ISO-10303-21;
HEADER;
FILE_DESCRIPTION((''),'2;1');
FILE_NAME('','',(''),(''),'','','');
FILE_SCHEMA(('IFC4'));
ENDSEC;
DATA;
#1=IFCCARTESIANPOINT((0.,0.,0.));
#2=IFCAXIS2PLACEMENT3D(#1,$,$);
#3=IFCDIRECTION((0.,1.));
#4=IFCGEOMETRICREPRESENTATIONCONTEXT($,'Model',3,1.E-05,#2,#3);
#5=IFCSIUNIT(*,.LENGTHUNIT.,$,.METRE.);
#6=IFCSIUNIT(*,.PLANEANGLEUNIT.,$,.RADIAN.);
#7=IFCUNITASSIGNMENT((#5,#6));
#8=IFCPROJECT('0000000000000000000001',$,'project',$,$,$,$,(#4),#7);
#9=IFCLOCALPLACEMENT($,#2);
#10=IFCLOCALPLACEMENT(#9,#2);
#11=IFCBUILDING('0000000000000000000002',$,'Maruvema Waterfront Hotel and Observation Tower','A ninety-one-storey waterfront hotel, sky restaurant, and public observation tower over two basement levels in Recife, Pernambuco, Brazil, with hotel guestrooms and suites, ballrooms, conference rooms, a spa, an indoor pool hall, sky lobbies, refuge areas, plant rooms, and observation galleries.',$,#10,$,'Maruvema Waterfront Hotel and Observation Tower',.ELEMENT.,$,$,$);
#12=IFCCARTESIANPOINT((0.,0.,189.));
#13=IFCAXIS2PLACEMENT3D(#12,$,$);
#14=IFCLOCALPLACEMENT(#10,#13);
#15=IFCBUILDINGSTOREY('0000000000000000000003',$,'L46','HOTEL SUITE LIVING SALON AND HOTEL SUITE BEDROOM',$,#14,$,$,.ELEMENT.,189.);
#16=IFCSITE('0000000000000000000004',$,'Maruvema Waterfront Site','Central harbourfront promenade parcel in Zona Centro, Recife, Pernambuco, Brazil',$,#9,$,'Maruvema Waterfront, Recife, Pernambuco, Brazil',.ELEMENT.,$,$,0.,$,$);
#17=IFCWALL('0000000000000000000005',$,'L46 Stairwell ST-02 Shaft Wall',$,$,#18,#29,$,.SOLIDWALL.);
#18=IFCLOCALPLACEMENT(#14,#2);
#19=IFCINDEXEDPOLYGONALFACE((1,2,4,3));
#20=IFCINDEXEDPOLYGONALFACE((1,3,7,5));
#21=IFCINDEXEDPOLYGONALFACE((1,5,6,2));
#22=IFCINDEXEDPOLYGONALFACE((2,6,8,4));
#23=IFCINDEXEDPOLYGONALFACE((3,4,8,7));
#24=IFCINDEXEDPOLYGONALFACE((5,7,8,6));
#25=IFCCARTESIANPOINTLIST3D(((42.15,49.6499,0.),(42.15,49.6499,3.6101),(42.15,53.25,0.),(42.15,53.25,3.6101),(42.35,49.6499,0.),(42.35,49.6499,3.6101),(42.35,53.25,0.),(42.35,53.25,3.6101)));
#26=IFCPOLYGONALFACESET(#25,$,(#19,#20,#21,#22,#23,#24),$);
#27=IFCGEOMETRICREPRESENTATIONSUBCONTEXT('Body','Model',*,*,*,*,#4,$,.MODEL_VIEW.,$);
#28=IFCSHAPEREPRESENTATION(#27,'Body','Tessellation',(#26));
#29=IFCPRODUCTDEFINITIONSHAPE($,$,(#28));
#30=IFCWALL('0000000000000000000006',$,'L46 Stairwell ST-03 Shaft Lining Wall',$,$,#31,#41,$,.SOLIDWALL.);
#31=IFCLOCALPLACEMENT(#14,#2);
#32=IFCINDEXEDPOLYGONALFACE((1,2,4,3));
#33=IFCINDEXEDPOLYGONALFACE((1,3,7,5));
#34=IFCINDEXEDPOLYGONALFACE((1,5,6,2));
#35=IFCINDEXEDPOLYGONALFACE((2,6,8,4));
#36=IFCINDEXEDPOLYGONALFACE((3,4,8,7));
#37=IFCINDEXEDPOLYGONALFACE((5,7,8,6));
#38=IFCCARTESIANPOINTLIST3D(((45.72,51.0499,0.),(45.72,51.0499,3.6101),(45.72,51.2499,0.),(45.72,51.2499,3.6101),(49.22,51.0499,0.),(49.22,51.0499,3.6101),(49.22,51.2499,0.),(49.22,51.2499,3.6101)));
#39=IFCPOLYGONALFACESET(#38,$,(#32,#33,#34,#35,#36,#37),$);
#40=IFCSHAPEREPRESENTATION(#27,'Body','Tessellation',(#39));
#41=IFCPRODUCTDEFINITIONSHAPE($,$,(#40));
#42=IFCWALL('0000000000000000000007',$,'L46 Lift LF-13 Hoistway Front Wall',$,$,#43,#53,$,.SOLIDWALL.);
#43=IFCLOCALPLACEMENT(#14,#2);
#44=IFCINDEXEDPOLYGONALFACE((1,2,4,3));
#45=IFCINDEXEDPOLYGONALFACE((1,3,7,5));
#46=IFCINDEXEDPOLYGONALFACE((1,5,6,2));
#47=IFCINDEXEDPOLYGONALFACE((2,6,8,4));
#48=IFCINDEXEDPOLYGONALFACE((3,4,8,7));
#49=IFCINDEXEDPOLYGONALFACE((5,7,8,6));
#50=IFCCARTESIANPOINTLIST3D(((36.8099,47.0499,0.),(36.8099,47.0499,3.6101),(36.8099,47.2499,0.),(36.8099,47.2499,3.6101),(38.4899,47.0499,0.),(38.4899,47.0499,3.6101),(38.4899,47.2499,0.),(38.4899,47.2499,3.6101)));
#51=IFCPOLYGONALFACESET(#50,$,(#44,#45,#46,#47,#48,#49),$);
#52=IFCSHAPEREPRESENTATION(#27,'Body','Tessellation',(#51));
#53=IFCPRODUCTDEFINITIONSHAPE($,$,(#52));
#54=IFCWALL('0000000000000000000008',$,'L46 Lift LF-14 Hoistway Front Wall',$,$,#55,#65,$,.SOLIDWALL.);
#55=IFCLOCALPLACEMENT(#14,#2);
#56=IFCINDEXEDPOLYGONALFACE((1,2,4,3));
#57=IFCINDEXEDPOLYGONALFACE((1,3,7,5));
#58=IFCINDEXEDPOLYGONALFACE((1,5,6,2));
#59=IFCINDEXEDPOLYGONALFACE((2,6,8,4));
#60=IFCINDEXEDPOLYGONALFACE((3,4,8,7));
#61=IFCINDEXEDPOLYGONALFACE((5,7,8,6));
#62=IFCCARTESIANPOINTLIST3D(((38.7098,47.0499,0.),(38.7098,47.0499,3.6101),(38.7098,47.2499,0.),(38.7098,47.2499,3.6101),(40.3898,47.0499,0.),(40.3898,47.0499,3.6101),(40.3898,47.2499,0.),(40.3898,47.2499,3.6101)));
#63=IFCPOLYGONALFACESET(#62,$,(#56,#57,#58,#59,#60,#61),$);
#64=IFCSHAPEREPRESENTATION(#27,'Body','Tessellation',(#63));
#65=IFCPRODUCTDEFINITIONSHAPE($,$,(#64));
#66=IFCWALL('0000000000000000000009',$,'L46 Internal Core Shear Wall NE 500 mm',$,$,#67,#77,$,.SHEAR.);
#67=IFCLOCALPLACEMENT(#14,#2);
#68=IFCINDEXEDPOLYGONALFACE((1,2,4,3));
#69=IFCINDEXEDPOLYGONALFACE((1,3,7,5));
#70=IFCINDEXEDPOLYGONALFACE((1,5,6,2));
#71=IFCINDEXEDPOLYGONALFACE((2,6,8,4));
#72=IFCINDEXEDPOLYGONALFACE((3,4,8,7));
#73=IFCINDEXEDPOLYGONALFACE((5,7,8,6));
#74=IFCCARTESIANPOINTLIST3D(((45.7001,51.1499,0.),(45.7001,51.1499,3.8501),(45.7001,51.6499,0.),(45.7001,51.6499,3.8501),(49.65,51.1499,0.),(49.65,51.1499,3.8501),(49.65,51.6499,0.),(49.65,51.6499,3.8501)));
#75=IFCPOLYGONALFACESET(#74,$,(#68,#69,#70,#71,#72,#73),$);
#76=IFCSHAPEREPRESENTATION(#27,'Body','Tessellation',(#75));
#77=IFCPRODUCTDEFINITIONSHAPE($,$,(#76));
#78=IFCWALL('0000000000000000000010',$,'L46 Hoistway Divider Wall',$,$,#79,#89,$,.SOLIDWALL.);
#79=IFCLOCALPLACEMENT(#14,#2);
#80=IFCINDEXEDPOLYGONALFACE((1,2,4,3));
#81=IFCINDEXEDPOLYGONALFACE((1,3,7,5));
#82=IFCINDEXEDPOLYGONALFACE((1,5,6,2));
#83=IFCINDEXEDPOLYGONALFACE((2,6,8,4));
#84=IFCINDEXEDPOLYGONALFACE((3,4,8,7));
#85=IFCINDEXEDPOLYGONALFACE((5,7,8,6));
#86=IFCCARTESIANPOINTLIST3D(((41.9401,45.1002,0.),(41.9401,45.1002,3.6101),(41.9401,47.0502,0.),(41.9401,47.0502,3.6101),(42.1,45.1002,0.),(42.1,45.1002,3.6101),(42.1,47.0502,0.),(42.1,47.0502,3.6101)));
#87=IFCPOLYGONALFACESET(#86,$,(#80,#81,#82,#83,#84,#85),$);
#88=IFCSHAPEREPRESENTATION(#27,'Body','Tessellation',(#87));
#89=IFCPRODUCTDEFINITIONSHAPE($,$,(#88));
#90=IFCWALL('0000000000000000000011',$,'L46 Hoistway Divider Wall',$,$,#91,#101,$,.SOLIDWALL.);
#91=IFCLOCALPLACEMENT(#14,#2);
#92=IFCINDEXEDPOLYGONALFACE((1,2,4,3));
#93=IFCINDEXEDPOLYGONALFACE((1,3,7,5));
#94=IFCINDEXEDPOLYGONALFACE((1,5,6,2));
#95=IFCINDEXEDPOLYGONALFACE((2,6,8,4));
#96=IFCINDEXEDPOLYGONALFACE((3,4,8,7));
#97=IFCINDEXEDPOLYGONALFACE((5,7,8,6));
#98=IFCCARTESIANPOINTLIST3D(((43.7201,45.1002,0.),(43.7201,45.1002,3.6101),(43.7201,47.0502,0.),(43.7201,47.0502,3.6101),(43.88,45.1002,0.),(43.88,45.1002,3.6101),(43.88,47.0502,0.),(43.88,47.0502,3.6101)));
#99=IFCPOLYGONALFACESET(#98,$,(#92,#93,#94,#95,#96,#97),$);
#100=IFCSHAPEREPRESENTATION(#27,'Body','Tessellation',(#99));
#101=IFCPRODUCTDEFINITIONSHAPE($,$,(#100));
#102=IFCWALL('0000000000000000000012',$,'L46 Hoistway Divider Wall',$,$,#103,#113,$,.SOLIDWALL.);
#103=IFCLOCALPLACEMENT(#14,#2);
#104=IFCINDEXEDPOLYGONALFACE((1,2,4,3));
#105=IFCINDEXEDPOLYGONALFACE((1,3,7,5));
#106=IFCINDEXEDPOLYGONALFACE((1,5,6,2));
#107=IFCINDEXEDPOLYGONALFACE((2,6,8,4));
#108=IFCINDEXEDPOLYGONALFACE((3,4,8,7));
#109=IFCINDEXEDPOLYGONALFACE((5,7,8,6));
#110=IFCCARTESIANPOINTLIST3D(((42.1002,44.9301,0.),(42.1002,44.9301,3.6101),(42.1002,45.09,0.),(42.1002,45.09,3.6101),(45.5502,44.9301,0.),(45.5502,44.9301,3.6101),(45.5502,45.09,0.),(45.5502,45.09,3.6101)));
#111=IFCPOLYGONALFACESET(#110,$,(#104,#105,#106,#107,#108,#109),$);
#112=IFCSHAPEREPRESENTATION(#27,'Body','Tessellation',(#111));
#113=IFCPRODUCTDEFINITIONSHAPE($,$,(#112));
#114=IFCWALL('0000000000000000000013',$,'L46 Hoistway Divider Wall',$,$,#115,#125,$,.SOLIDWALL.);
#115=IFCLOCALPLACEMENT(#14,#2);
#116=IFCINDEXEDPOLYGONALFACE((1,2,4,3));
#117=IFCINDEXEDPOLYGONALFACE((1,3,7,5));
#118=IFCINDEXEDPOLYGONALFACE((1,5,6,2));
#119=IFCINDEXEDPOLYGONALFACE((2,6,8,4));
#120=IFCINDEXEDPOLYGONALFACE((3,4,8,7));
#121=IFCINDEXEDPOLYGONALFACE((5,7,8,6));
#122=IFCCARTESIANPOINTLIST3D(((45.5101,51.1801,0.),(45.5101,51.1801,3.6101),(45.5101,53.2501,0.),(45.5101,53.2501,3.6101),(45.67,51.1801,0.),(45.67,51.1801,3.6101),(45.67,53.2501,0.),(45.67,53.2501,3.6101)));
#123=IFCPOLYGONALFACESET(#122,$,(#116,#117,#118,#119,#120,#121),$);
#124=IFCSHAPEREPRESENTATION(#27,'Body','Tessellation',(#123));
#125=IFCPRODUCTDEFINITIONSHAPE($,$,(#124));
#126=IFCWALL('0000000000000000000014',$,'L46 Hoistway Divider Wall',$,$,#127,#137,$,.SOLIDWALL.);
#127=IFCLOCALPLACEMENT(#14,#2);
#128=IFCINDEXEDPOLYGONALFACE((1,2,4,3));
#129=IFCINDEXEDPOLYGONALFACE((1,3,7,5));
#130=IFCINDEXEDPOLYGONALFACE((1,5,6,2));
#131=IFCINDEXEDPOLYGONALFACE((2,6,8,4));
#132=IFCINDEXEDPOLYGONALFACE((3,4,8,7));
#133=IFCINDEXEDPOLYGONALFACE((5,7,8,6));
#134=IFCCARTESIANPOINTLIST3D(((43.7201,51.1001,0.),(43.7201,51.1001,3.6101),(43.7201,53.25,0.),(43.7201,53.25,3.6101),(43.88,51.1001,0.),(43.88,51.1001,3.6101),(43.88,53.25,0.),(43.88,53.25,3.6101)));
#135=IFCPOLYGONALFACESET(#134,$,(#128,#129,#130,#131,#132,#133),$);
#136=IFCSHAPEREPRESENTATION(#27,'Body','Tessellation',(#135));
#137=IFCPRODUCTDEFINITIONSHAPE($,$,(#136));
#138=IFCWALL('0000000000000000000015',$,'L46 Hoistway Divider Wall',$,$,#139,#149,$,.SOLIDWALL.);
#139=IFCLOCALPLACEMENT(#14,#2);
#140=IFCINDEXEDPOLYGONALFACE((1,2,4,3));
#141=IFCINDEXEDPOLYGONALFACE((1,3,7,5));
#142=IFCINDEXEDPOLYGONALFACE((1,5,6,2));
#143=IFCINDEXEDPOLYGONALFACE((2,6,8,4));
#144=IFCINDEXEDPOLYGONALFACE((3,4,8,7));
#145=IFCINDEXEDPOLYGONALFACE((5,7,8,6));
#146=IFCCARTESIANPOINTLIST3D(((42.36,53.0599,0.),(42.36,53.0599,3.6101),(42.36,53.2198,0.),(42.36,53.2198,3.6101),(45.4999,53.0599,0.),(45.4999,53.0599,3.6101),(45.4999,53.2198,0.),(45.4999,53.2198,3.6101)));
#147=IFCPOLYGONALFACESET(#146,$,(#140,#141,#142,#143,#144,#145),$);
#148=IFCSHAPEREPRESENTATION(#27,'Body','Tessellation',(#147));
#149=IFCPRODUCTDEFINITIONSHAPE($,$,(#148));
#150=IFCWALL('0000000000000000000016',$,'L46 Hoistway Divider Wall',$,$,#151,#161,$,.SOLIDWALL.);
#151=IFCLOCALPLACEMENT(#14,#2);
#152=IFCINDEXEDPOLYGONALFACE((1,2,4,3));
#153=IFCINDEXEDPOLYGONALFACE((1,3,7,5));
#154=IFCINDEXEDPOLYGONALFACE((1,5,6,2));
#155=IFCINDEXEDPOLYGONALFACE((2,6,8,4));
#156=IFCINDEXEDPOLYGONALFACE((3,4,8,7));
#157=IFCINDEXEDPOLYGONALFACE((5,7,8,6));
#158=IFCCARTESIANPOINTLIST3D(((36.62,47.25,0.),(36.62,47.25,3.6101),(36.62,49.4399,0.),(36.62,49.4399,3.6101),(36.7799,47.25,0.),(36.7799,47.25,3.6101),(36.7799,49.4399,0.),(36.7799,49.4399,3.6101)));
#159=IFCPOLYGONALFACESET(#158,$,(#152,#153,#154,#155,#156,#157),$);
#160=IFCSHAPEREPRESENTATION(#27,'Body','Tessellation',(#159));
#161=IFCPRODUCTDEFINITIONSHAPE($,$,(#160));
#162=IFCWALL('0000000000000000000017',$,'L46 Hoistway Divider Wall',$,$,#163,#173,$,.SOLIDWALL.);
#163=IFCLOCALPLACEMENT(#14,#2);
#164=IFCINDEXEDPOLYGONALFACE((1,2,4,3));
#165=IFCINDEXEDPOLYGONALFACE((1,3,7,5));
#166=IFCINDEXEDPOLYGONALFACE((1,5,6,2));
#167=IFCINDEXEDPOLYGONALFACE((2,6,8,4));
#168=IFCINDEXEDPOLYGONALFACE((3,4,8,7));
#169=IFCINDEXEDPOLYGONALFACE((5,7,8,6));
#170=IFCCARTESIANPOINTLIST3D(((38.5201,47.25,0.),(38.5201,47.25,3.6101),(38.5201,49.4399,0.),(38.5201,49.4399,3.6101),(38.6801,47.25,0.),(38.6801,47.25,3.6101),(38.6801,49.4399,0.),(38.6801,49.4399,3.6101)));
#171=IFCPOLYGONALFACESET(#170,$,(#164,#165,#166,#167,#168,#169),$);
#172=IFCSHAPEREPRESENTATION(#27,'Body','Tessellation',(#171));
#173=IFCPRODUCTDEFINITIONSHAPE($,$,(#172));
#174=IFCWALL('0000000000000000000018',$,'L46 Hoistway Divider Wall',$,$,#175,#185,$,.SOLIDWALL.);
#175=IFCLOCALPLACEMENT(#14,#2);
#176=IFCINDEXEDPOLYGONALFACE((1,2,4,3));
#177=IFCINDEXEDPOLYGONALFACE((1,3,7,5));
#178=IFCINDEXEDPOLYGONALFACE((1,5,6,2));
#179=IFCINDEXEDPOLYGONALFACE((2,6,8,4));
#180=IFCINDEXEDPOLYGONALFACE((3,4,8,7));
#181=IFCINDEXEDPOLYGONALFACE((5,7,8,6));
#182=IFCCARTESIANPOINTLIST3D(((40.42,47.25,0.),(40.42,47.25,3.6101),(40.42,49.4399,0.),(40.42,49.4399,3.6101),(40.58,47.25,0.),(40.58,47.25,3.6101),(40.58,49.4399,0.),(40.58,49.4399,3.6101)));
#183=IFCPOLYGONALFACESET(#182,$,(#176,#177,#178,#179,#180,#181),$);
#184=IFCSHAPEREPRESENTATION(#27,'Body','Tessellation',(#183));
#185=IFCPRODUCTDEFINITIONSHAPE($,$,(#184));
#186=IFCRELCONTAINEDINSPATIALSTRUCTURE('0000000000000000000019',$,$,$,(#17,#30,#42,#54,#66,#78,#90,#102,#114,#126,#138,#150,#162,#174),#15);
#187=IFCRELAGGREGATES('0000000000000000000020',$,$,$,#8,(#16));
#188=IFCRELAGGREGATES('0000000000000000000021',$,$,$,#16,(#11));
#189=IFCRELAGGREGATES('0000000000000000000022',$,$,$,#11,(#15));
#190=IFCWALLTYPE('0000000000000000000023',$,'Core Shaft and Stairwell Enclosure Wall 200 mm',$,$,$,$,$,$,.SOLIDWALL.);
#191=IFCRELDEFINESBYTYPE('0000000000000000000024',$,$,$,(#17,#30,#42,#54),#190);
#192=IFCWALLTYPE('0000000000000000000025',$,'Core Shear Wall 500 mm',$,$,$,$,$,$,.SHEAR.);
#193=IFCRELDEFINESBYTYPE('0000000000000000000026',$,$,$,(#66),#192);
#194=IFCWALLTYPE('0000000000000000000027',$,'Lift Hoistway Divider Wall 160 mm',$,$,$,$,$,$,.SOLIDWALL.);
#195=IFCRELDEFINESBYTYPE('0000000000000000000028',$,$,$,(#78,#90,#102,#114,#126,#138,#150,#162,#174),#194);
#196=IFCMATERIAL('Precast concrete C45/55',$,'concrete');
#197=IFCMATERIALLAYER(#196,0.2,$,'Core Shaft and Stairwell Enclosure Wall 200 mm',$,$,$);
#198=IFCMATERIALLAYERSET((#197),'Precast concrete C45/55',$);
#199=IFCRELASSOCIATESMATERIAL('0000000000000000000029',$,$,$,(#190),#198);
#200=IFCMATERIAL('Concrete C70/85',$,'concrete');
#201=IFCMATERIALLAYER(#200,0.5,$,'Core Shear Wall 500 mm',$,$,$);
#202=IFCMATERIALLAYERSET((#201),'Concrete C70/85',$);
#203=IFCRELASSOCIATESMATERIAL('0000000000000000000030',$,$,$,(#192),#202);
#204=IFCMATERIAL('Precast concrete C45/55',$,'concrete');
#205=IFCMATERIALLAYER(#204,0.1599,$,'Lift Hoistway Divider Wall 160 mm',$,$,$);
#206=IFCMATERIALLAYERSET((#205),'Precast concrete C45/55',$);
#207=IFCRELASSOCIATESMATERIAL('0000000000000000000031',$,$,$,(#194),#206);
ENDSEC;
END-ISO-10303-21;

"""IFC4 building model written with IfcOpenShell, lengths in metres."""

from ifc_helpers import new_model, si_unit, direction, frame, frame_2d, origin, place, context, subcontext, project, spatial, rectangle, extrude, material, layer, layer_set, type_object, element, save


model = new_model("IFC4")

# Units and contexts
model_context = context("Model", 3, precision=1e-05, world=origin(), true_north=direction((0.0, 1.0)))
body_context = subcontext(model_context, "Body", "Model", "MODEL_VIEW")
ifc_project = project(units=[si_unit("LENGTHUNIT", "METRE"), si_unit("PLANEANGLEUNIT", "RADIAN")], contexts=[model_context])

# Site, building, storey
site_placement = place(None, origin())
site = spatial("IfcSite", under=ifc_project, at=site_placement, Name="Maruvema Waterfront Site", Description="Central harbourfront promenade parcel in Zona Centro, Recife, Pernambuco, Brazil", LongName="Maruvema Waterfront, Recife, Pernambuco, Brazil", CompositionType="ELEMENT", RefElevation=0.0)
building_placement = place(site_placement, origin())
building = spatial("IfcBuilding", under=site, at=building_placement, Name="Maruvema Waterfront Hotel and Observation Tower", Description="A ninety-one-storey waterfront hotel, sky restaurant, and public observation tower over two basement levels in Recife, Pernambuco, Brazil, with hotel guestrooms and suites, ballrooms, conference rooms, a spa, an indoor pool hall, sky lobbies, refuge areas, plant rooms, and observation galleries.", LongName="Maruvema Waterfront Hotel and Observation Tower", CompositionType="ELEMENT")
storey_placement = place(building_placement, frame((0.0, 0.0, 189.0)))
storey = spatial("IfcBuildingStorey", under=building, at=storey_placement, Name="L46", Description="HOTEL SUITE LIVING SALON AND HOTEL SUITE BEDROOM", CompositionType="ELEMENT", Elevation=189.0)

# Walls
ifc_material_1 = material(Name="Precast concrete C45/55", Category="concrete")
ifc_layer_1 = layer(ifc_material_1, 0.2, Name="Core Shaft and Stairwell Enclosure Wall 200 mm")
ifc_layer_set_1 = layer_set([ifc_layer_1], Name="Precast concrete C45/55")
wall_type_1 = type_object("IfcWallType", Name="Core Shaft and Stairwell Enclosure Wall 200 mm", PredefinedType="SOLIDWALL", material=ifc_layer_set_1)
wall_1_placement = place(storey_placement, frame((42.25, 49.6499, 0.0), z_axis=(0.0, 0.0, 1.0), x_axis=(0.0, 1.0, 0.0)))
element("IfcWall", 1, at=wall_1_placement, inside=storey, type_object=wall_type_1, Name="L46 Stairwell ST-02 Shaft Wall", PredefinedType="SOLIDWALL", context=body_context, shape_type="SweptSolid", body=[
    extrude(rectangle(XDim=3.6001, YDim=0.2, at=frame_2d((1.8, 0.0))), origin(), (0.0, 0.0, 1.0), 3.6101),
])
wall_2_placement = place(storey_placement, frame((45.72, 51.1499, 0.0), z_axis=(0.0, 0.0, 1.0), x_axis=(1.0, 0.0, 0.0)))
element("IfcWall", 2, at=wall_2_placement, inside=storey, type_object=wall_type_1, Name="L46 Stairwell ST-03 Shaft Lining Wall", PredefinedType="SOLIDWALL", context=body_context, shape_type="SweptSolid", body=[
    extrude(rectangle(XDim=3.5, YDim=0.2, at=frame_2d((1.75, 0.0))), origin(), (0.0, 0.0, 1.0), 3.6101),
])

# Walls
for number, where, z_axis, x_axis, name in (
    (3, (36.8101, 47.1499, 0.0), (0.0, 0.0, 1.0), (1.0, 0.0, 0.0), "L46 Lift LF-13 Hoistway Front Wall"),
    (4, (38.71, 47.1499, 0.0), (0.0, 0.0, 1.0), (1.0, 0.0, 0.0), "L46 Lift LF-14 Hoistway Front Wall"),
):
    element("IfcWall", number, at=place(storey_placement, frame(where, z_axis=z_axis, x_axis=x_axis)), inside=storey, type_object=wall_type_1, Name=name, PredefinedType="SOLIDWALL", context=body_context, shape_type="SweptSolid", body=[
        extrude(rectangle(XDim=1.6799, YDim=0.2, at=frame_2d((0.8398, 0.0))), origin(), (0.0, 0.0, 1.0), 3.6101),
    ])
ifc_material_2 = material(Name="Concrete C70/85", Category="concrete")
ifc_layer_2 = layer(ifc_material_2, 0.5, Name="Core Shear Wall 500 mm")
ifc_layer_set_2 = layer_set([ifc_layer_2], Name="Concrete C70/85")
wall_type_2 = type_object("IfcWallType", Name="Core Shear Wall 500 mm", PredefinedType="SHEAR", material=ifc_layer_set_2)
wall_3_placement = place(storey_placement, frame((45.7, 51.3999, 0.0), z_axis=(0.0, 0.0, 1.0), x_axis=(1.0, 0.0, 0.0)))
element("IfcWall", 5, at=wall_3_placement, inside=storey, type_object=wall_type_2, Name="L46 Internal Core Shear Wall NE 500 mm", PredefinedType="SHEAR", context=body_context, shape_type="SweptSolid", body=[
    extrude(rectangle(XDim=3.95, YDim=0.5, at=frame_2d((1.9751, 0.0))), origin(), (0.0, 0.0, 1.0), 3.8501),
])
ifc_material_3 = material(Name="Precast concrete C45/55", Category="concrete")
ifc_layer_3 = layer(ifc_material_3, 0.1599, Name="Lift Hoistway Divider Wall 160 mm")
ifc_layer_set_3 = layer_set([ifc_layer_3], Name="Precast concrete C45/55")
wall_type_3 = type_object("IfcWallType", Name="Lift Hoistway Divider Wall 160 mm", PredefinedType="SOLIDWALL", material=ifc_layer_set_3)
for number, where, z_axis, x_axis, name in (
    (6, (42.02, 45.1001, 0.0), (0.0, 0.0, 1.0), (0.0, 1.0, 0.0), "L46 Hoistway Divider Wall"),
    (7, (43.8, 45.1001, 0.0), (0.0, 0.0, 1.0), (0.0, 1.0, 0.0), "L46 Hoistway Divider Wall"),
):
    element("IfcWall", number, at=place(storey_placement, frame(where, z_axis=z_axis, x_axis=x_axis)), inside=storey, type_object=wall_type_3, Name=name, PredefinedType="SOLIDWALL", context=body_context, shape_type="SweptSolid", body=[
        extrude(rectangle(XDim=1.95, YDim=0.1599, at=frame_2d((0.9751, 0.0))), origin(), (0.0, 0.0, 1.0), 3.6101),
    ])
wall_4_placement = place(storey_placement, frame((42.1001, 45.01, 0.0), z_axis=(0.0, 0.0, 1.0), x_axis=(1.0, 0.0, 0.0)))
element("IfcWall", 8, at=wall_4_placement, inside=storey, type_object=wall_type_3, Name="L46 Hoistway Divider Wall", PredefinedType="SOLIDWALL", context=body_context, shape_type="SweptSolid", body=[
    extrude(rectangle(XDim=3.45, YDim=0.1599, at=frame_2d((1.7251, 0.0))), origin(), (0.0, 0.0, 1.0), 3.6101),
])
wall_5_placement = place(storey_placement, frame((45.5901, 51.1799, 0.0), z_axis=(0.0, 0.0, 1.0), x_axis=(0.0, 1.0, 0.0)))
element("IfcWall", 9, at=wall_5_placement, inside=storey, type_object=wall_type_3, Name="L46 Hoistway Divider Wall", PredefinedType="SOLIDWALL", context=body_context, shape_type="SweptSolid", body=[
    extrude(rectangle(XDim=2.0701, YDim=0.1599, at=frame_2d((1.0352, 0.0))), origin(), (0.0, 0.0, 1.0), 3.6101),
])
wall_6_placement = place(storey_placement, frame((43.8, 51.1001, 0.0), z_axis=(0.0, 0.0, 1.0), x_axis=(0.0, 1.0, 0.0)))
element("IfcWall", 10, at=wall_6_placement, inside=storey, type_object=wall_type_3, Name="L46 Hoistway Divider Wall", PredefinedType="SOLIDWALL", context=body_context, shape_type="SweptSolid", body=[
    extrude(rectangle(XDim=2.1499, YDim=0.1599, at=frame_2d((1.075, 0.0))), origin(), (0.0, 0.0, 1.0), 3.6101),
])
wall_7_placement = place(storey_placement, frame((42.3601, 53.1399, 0.0), z_axis=(0.0, 0.0, 1.0), x_axis=(1.0, 0.0, 0.0)))
element("IfcWall", 11, at=wall_7_placement, inside=storey, type_object=wall_type_3, Name="L46 Hoistway Divider Wall", PredefinedType="SOLIDWALL", context=body_context, shape_type="SweptSolid", body=[
    extrude(rectangle(XDim=3.1399, YDim=0.1599, at=frame_2d((1.5698, 0.0))), origin(), (0.0, 0.0, 1.0), 3.6101),
])
for number, where, z_axis, x_axis, name in (
    (12, (36.7, 47.25, 0.0), (0.0, 0.0, 1.0), (0.0, 1.0, 0.0), "L46 Hoistway Divider Wall"),
    (13, (38.6001, 47.25, 0.0), (0.0, 0.0, 1.0), (0.0, 1.0, 0.0), "L46 Hoistway Divider Wall"),
    (14, (40.5, 47.25, 0.0), (0.0, 0.0, 1.0), (0.0, 1.0, 0.0), "L46 Hoistway Divider Wall"),
):
    element("IfcWall", number, at=place(storey_placement, frame(where, z_axis=z_axis, x_axis=x_axis)), inside=storey, type_object=wall_type_3, Name=name, PredefinedType="SOLIDWALL", context=body_context, shape_type="SweptSolid", body=[
        extrude(rectangle(XDim=2.1899, YDim=0.1599, at=frame_2d((1.095, 0.0))), origin(), (0.0, 0.0, 1.0), 3.6101),
    ])

save(model, "model.ifc")
